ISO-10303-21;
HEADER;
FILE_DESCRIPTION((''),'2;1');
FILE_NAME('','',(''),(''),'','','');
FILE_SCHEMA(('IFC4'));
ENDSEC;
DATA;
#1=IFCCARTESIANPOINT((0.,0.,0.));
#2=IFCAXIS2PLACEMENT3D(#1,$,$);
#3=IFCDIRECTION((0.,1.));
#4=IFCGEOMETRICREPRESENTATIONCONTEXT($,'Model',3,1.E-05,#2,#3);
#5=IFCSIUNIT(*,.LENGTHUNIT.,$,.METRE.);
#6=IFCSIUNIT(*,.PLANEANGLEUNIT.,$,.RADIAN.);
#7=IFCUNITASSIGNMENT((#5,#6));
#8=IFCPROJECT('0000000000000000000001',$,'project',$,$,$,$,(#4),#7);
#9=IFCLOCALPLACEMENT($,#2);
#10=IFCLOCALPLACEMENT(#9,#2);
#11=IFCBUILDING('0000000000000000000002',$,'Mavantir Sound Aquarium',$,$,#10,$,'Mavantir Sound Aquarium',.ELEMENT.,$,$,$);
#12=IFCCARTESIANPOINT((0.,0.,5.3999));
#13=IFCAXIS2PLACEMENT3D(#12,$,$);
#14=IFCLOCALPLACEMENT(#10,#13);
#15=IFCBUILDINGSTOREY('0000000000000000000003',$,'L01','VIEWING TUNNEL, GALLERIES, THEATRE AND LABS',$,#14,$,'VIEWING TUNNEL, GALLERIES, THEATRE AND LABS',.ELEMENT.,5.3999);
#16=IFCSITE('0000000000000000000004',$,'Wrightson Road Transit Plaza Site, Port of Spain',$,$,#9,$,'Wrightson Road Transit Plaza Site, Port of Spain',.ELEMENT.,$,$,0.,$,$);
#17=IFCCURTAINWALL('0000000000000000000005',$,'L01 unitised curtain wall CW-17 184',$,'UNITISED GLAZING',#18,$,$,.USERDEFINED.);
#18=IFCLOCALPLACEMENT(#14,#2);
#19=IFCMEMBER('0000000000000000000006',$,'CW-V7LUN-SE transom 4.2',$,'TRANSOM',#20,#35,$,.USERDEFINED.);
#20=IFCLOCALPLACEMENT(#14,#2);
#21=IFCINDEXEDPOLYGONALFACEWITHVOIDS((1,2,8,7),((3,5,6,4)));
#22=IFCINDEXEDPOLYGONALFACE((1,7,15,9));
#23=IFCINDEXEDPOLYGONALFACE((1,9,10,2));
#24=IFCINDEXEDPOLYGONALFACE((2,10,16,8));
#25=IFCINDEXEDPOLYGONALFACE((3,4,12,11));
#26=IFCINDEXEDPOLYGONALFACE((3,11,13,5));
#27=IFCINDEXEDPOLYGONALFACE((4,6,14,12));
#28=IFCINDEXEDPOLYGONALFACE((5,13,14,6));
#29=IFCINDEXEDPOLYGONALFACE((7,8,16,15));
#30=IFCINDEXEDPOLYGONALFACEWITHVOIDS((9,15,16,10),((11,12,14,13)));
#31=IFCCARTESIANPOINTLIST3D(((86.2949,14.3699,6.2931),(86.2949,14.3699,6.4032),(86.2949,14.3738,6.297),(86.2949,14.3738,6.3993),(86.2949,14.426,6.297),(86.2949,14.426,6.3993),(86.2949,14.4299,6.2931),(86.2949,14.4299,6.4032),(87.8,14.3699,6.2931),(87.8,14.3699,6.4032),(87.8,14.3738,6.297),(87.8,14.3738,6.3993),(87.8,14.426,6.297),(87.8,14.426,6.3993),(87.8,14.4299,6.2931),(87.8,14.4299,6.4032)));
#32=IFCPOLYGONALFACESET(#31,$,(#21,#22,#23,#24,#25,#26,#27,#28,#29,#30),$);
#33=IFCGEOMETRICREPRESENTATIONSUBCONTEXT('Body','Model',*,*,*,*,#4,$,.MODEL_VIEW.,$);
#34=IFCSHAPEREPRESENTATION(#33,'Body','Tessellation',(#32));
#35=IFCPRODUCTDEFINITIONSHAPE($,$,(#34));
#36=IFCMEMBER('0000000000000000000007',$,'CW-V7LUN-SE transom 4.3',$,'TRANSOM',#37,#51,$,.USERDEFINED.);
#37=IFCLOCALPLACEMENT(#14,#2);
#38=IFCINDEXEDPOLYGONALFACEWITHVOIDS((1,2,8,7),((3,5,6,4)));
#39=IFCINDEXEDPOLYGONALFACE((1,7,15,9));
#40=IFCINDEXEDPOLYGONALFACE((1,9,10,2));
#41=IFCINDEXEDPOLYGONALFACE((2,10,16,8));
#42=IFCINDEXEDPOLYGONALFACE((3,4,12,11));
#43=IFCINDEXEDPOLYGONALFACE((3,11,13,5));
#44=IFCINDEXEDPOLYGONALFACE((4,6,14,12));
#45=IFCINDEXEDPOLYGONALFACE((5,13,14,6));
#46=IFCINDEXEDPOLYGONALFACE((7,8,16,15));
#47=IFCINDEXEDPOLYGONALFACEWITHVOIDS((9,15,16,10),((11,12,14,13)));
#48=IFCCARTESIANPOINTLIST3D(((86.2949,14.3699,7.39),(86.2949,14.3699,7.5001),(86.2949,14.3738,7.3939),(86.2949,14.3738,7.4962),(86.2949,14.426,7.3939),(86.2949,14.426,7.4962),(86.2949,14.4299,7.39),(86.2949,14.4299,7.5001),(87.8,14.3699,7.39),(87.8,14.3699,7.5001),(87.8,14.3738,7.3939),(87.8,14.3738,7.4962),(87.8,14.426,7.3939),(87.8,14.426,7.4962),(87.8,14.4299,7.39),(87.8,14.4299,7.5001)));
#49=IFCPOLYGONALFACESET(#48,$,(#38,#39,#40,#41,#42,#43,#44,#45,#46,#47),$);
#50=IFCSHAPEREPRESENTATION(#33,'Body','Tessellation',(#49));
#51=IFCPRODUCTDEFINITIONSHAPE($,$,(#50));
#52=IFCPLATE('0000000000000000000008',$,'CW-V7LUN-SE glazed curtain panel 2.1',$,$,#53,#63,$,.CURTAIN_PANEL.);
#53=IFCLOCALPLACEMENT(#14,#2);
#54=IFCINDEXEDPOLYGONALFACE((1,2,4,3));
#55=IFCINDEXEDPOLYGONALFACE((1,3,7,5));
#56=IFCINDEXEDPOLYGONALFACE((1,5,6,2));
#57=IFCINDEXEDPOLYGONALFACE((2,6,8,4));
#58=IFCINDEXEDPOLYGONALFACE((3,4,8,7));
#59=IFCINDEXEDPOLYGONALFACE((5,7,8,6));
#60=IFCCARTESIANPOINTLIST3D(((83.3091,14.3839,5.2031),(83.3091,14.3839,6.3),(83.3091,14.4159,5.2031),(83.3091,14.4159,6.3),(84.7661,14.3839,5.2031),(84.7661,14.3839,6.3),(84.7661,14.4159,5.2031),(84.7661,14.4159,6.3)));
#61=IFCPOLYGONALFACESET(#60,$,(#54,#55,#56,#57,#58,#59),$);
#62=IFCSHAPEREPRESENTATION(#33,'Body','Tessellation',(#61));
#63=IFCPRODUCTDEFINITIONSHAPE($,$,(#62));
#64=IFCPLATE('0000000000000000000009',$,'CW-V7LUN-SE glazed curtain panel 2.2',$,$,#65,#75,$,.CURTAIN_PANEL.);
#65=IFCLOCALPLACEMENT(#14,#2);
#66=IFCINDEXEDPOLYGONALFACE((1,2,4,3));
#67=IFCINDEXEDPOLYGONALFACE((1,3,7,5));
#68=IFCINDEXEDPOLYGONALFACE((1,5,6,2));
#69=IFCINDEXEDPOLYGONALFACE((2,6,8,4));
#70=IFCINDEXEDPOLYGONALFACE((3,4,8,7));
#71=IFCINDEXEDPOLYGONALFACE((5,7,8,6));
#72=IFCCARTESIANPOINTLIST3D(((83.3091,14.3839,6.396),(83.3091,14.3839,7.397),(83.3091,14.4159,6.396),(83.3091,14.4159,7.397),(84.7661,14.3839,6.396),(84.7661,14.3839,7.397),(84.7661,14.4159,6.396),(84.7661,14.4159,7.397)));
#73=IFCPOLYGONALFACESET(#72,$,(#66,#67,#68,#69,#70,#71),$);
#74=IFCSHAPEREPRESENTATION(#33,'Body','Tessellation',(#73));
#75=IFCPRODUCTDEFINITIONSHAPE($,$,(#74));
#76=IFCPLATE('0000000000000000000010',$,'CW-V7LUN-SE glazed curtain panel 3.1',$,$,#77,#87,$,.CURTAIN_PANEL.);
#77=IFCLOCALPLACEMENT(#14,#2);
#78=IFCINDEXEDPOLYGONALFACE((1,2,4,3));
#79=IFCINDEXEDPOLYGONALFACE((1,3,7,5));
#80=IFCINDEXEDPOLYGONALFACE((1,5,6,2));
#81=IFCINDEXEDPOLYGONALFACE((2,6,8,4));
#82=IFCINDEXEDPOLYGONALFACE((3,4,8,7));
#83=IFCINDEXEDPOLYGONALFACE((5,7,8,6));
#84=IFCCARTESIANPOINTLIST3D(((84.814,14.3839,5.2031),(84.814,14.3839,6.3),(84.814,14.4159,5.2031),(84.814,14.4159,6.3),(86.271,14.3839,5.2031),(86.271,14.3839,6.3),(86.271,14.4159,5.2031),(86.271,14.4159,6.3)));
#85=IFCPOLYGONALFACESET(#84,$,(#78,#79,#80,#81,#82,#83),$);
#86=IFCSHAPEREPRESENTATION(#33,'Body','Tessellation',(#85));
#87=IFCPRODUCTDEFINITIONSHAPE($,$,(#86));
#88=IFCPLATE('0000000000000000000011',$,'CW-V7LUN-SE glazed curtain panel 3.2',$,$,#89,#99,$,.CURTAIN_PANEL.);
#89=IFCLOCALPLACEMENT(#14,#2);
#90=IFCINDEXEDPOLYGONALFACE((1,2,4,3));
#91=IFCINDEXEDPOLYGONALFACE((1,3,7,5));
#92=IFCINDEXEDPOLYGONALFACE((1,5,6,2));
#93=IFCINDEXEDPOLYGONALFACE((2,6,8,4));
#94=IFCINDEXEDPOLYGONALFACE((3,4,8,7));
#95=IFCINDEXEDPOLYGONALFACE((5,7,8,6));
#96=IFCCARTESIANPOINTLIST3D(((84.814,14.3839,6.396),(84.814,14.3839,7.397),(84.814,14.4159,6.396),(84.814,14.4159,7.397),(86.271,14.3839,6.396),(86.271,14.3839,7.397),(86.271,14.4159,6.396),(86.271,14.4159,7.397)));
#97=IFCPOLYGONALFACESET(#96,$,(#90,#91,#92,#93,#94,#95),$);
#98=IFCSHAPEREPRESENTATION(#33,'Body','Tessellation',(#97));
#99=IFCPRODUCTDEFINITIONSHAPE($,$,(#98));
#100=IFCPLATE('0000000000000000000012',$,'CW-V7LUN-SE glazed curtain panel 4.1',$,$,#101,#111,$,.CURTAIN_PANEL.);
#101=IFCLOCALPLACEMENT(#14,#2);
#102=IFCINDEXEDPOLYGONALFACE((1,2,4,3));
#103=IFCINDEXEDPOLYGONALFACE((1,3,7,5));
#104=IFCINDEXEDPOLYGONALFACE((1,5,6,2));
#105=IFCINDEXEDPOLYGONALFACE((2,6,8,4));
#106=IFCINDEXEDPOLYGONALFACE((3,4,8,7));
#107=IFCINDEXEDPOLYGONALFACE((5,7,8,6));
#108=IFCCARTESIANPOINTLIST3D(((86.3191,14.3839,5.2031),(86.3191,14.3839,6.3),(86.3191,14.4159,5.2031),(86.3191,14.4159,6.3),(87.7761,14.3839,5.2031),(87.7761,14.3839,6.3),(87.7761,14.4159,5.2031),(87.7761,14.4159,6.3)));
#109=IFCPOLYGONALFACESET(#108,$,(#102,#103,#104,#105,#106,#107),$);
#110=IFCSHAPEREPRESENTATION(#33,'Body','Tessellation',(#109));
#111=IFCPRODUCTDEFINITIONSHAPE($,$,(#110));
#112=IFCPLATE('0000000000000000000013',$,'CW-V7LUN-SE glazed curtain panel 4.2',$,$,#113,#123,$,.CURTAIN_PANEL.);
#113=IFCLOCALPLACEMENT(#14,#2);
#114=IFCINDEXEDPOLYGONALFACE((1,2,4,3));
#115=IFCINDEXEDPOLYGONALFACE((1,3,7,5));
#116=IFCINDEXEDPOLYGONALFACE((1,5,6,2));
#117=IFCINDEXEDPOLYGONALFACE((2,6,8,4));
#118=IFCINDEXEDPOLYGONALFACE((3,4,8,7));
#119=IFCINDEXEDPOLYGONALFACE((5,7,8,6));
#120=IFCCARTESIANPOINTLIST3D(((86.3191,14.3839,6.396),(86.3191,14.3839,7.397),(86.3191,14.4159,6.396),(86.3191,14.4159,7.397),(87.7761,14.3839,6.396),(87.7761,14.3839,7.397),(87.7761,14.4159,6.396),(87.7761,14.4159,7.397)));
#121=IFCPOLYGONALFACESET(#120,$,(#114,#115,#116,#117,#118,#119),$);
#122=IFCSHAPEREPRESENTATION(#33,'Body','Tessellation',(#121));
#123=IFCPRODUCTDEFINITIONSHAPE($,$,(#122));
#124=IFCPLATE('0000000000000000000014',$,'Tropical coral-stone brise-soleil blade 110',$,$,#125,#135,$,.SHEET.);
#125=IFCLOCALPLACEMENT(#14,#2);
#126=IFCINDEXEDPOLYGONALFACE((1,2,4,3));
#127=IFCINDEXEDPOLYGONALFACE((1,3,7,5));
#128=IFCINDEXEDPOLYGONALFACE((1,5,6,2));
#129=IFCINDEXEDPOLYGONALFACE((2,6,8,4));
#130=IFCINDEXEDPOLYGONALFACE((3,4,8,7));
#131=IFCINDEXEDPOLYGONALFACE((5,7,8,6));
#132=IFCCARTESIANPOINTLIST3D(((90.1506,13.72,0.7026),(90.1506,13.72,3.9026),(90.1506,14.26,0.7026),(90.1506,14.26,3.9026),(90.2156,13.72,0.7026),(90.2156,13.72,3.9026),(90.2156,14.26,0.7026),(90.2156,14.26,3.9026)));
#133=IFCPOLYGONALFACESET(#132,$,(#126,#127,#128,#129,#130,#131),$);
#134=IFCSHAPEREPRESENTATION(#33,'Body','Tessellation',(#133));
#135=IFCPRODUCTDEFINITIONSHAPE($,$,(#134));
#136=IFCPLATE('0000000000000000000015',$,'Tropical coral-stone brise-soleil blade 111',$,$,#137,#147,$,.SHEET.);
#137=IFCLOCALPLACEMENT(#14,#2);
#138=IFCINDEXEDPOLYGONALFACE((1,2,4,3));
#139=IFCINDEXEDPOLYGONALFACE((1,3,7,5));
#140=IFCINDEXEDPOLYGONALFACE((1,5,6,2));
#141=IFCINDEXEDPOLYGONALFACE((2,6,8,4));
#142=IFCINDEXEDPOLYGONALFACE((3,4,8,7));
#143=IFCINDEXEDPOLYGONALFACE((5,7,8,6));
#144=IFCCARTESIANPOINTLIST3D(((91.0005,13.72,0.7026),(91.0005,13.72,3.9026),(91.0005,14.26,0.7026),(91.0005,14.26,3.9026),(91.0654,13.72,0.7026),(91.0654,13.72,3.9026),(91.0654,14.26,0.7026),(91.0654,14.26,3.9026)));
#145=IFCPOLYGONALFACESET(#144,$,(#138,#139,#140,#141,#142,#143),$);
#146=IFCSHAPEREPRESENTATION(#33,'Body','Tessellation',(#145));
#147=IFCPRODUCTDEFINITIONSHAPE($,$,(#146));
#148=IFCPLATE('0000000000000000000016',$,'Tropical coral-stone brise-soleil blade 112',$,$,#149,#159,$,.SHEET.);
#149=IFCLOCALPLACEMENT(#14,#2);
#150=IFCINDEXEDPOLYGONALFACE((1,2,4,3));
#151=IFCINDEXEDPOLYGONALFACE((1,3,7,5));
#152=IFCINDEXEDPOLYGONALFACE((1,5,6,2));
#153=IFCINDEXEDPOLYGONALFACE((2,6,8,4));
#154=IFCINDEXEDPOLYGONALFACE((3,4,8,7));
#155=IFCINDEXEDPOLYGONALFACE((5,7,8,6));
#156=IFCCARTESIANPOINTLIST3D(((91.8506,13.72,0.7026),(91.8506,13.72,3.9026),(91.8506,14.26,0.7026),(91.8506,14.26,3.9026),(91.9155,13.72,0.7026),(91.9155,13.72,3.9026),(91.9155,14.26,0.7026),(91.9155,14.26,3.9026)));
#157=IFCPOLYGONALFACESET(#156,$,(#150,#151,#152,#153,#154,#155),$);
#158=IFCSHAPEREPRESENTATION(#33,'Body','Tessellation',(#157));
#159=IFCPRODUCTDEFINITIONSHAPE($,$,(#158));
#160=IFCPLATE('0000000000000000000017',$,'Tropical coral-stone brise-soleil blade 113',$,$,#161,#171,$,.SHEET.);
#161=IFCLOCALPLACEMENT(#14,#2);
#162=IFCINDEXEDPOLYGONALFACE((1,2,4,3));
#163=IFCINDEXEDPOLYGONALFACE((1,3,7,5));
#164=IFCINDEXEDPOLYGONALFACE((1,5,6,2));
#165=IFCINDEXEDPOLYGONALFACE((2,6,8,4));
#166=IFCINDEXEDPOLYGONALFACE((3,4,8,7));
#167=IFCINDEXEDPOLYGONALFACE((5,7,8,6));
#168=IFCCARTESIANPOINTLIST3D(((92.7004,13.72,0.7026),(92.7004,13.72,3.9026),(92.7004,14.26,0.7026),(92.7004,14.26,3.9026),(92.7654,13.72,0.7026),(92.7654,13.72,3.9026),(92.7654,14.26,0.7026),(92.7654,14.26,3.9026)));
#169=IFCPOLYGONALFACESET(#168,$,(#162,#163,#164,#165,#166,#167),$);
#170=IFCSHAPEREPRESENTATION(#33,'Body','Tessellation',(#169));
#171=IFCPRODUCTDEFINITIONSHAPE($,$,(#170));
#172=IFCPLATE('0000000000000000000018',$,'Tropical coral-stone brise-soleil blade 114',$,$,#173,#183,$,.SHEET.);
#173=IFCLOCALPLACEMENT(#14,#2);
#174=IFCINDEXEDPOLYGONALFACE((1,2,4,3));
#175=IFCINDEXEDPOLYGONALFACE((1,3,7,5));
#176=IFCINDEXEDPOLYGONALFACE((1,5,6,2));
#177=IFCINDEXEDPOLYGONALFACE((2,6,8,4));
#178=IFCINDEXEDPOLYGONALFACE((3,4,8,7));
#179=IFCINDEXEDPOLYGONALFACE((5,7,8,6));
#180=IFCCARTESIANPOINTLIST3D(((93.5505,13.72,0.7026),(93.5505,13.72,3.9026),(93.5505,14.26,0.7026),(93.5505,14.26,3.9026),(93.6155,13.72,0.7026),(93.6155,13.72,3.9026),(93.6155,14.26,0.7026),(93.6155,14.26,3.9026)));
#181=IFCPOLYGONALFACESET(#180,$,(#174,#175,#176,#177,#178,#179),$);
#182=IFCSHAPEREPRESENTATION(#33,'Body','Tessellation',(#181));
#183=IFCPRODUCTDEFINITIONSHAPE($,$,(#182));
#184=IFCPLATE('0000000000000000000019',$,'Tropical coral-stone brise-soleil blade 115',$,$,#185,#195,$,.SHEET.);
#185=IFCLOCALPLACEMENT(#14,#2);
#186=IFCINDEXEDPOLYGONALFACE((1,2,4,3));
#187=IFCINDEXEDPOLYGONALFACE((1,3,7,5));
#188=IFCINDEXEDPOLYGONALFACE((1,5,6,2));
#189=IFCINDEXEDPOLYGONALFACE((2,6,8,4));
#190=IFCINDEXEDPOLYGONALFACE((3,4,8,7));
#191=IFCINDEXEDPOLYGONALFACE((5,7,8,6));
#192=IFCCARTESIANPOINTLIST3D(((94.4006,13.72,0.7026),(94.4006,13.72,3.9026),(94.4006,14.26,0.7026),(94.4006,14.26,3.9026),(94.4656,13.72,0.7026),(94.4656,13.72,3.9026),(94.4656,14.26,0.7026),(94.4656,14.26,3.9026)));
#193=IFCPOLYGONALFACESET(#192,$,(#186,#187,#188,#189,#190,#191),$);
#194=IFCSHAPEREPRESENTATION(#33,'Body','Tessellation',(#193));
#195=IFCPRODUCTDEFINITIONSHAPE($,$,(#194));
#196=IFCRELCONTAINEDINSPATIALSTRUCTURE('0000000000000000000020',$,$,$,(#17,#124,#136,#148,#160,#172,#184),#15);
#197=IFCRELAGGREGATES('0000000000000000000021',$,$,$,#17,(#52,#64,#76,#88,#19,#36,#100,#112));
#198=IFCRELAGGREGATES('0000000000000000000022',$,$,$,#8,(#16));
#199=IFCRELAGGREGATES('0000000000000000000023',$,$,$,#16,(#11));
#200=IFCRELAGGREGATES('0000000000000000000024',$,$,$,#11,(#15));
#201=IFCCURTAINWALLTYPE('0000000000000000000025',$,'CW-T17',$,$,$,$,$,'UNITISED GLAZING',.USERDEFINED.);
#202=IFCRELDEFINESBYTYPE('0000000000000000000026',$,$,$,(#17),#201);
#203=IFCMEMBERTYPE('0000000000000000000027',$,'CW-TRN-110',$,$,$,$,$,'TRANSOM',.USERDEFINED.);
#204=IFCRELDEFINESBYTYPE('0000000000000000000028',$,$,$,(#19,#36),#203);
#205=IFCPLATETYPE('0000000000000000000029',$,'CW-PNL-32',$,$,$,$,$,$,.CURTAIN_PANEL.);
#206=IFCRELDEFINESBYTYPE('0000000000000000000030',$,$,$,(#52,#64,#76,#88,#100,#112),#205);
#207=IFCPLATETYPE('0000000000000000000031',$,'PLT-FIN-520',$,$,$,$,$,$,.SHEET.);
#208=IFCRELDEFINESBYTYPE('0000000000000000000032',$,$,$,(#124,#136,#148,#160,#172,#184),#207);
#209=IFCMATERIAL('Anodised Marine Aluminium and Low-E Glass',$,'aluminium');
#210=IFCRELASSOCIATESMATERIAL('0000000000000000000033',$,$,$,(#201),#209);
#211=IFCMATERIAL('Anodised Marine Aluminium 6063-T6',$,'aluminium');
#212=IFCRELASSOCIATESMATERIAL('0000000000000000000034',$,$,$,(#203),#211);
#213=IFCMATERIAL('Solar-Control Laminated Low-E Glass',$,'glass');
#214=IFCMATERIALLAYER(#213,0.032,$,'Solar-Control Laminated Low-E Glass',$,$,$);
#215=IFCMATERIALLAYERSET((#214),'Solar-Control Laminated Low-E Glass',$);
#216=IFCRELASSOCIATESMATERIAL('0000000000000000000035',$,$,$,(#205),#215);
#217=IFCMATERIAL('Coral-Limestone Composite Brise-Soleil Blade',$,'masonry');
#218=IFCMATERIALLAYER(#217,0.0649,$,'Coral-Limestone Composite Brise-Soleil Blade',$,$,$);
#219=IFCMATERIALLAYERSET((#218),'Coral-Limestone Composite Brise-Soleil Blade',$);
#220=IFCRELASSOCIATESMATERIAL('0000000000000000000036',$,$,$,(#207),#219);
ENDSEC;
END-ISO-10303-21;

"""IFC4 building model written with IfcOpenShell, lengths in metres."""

from ifc_helpers import new_model, si_unit, direction, frame, origin, origin_2d, place, context, subcontext, project, spatial, rectangle, hollow_rectangle, extrude, material, layer, layer_set, material_profile, profile_set, type_object, element, aggregate, save


model = new_model("IFC4")

# Units and contexts
model_context = context("Model", 3, precision=1e-05, world=origin(), true_north=direction((0.0, 1.0)))
body_context = subcontext(model_context, "Body", "Model", "MODEL_VIEW")
ifc_project = project(units=[si_unit("LENGTHUNIT", "METRE"), si_unit("PLANEANGLEUNIT", "RADIAN")], contexts=[model_context])

# Site, building, storey
site_placement = place(None, origin())
site = spatial("IfcSite", under=ifc_project, at=site_placement, Name="Wrightson Road Transit Plaza Site, Port of Spain", LongName="Wrightson Road Transit Plaza Site, Port of Spain", CompositionType="ELEMENT", RefElevation=0.0)
building_placement = place(site_placement, origin())
building = spatial("IfcBuilding", under=site, at=building_placement, Name="Mavantir Sound Aquarium", LongName="Mavantir Sound Aquarium", CompositionType="ELEMENT")
storey_placement = place(building_placement, frame((0.0, 0.0, 5.3999)))
storey = spatial("IfcBuildingStorey", under=building, at=storey_placement, Name="L01", Description="VIEWING TUNNEL, GALLERIES, THEATRE AND LABS", LongName="VIEWING TUNNEL, GALLERIES, THEATRE AND LABS", CompositionType="ELEMENT", Elevation=5.3999)

# Curtain wall, members, plates
ifc_material_1 = material(Name="Anodised Marine Aluminium and Low-E Glass", Category="aluminium")
curtain_wall_type = type_object("IfcCurtainWallType", Name="CW-T17", ElementType="UNITISED GLAZING", PredefinedType="USERDEFINED", material=ifc_material_1)
curtain_wall_placement = place(storey_placement, origin())
curtain_wall = element("IfcCurtainWall", 1, at=curtain_wall_placement, inside=storey, type_object=curtain_wall_type, Name="L01 unitised curtain wall CW-17 184", ObjectType="UNITISED GLAZING", PredefinedType="USERDEFINED")
ifc_material_2 = material(Name="Anodised Marine Aluminium 6063-T6", Category="aluminium")
ifc_material_profile_1 = material_profile(ifc_material_2, hollow_rectangle(XDim=0.0601, YDim=0.1101, WallThickness=0.0039, at=origin_2d()), Name="ALU-TRANSOM-110X60")
ifc_profile_set_1 = profile_set([ifc_material_profile_1], Name="Anodised Marine Aluminium 6063-T6")
member_type_1 = type_object("IfcMemberType", Name="CW-TRN-110", ElementType="TRANSOM", PredefinedType="USERDEFINED", material=ifc_profile_set_1)
member_1_placement = place(storey_placement, frame((86.2949, 14.3999, 6.3481), z_axis=(1.0, 0.0, 0.0), x_axis=(0.0, 1.0, 0.0)))
member_1 = element("IfcMember", 2, at=member_1_placement, type_object=member_type_1, Name="CW-V7LUN-SE transom 4.2", ObjectType="TRANSOM", PredefinedType="USERDEFINED", context=body_context, shape_type="SweptSolid", body=[
    extrude(hollow_rectangle(XDim=0.0601, YDim=0.1101, WallThickness=0.0039, at=origin_2d()), origin(), (0.0, 0.0, 1.0), 1.5051),
])
member_2_placement = place(storey_placement, frame((86.2949, 14.3999, 7.4451), z_axis=(1.0, 0.0, 0.0), x_axis=(0.0, 1.0, 0.0)))
member_2 = element("IfcMember", 3, at=member_2_placement, type_object=member_type_1, Name="CW-V7LUN-SE transom 4.3", ObjectType="TRANSOM", PredefinedType="USERDEFINED", context=body_context, shape_type="SweptSolid", body=[
    extrude(hollow_rectangle(XDim=0.0601, YDim=0.1101, WallThickness=0.0039, at=origin_2d()), origin(), (0.0, 0.0, 1.0), 1.5051),
])
ifc_material_3 = material(Name="Solar-Control Laminated Low-E Glass", Category="glass")
ifc_layer_1 = layer(ifc_material_3, 0.032, Name="Solar-Control Laminated Low-E Glass")
ifc_layer_set_1 = layer_set([ifc_layer_1], Name="Solar-Control Laminated Low-E Glass")
plate_type_1 = type_object("IfcPlateType", Name="CW-PNL-32", PredefinedType="CURTAIN_PANEL", material=ifc_layer_set_1)
plate_1_placement = place(storey_placement, frame((84.0376, 14.3999, 5.2031), z_axis=(0.0, 0.0, 1.0), x_axis=(1.0, 0.0, 0.0)))
plate_1 = element("IfcPlate", 4, at=plate_1_placement, type_object=plate_type_1, Name="CW-V7LUN-SE glazed curtain panel 2.1", PredefinedType="CURTAIN_PANEL", context=body_context, shape_type="SweptSolid", body=[
    extrude(rectangle(XDim=1.457, YDim=0.032, at=origin_2d()), origin(), (0.0, 0.0, 1.0), 1.0969),
])
plate_2_placement = place(storey_placement, frame((84.0376, 14.3999, 6.396), z_axis=(0.0, 0.0, 1.0), x_axis=(1.0, 0.0, 0.0)))
plate_2 = element("IfcPlate", 5, at=plate_2_placement, type_object=plate_type_1, Name="CW-V7LUN-SE glazed curtain panel 2.2", PredefinedType="CURTAIN_PANEL", context=body_context, shape_type="SweptSolid", body=[
    extrude(rectangle(XDim=1.457, YDim=0.032, at=origin_2d()), origin(), (0.0, 0.0, 1.0), 1.001),
])
plate_3_placement = place(storey_placement, frame((85.5425, 14.3999, 5.2031), z_axis=(0.0, 0.0, 1.0), x_axis=(1.0, 0.0, 0.0)))
plate_3 = element("IfcPlate", 6, at=plate_3_placement, type_object=plate_type_1, Name="CW-V7LUN-SE glazed curtain panel 3.1", PredefinedType="CURTAIN_PANEL", context=body_context, shape_type="SweptSolid", body=[
    extrude(rectangle(XDim=1.457, YDim=0.032, at=origin_2d()), origin(), (0.0, 0.0, 1.0), 1.0969),
])
plate_4_placement = place(storey_placement, frame((85.5425, 14.3999, 6.396), z_axis=(0.0, 0.0, 1.0), x_axis=(1.0, 0.0, 0.0)))
plate_4 = element("IfcPlate", 7, at=plate_4_placement, type_object=plate_type_1, Name="CW-V7LUN-SE glazed curtain panel 3.2", PredefinedType="CURTAIN_PANEL", context=body_context, shape_type="SweptSolid", body=[
    extrude(rectangle(XDim=1.457, YDim=0.032, at=origin_2d()), origin(), (0.0, 0.0, 1.0), 1.001),
])
plate_5_placement = place(storey_placement, frame((87.0476, 14.3999, 5.2031), z_axis=(0.0, 0.0, 1.0), x_axis=(1.0, 0.0, 0.0)))
plate_5 = element("IfcPlate", 8, at=plate_5_placement, type_object=plate_type_1, Name="CW-V7LUN-SE glazed curtain panel 4.1", PredefinedType="CURTAIN_PANEL", context=body_context, shape_type="SweptSolid", body=[
    extrude(rectangle(XDim=1.457, YDim=0.032, at=origin_2d()), origin(), (0.0, 0.0, 1.0), 1.0969),
])
plate_6_placement = place(storey_placement, frame((87.0476, 14.3999, 6.396), z_axis=(0.0, 0.0, 1.0), x_axis=(1.0, 0.0, 0.0)))
plate_6 = element("IfcPlate", 9, at=plate_6_placement, type_object=plate_type_1, Name="CW-V7LUN-SE glazed curtain panel 4.2", PredefinedType="CURTAIN_PANEL", context=body_context, shape_type="SweptSolid", body=[
    extrude(rectangle(XDim=1.457, YDim=0.032, at=origin_2d()), origin(), (0.0, 0.0, 1.0), 1.001),
])
aggregate(curtain_wall, [plate_1, plate_2, plate_3, plate_4, member_1, member_2, plate_5, plate_6])

# Plates
ifc_material_4 = material(Name="Coral-Limestone Composite Brise-Soleil Blade", Category="masonry")
ifc_layer_2 = layer(ifc_material_4, 0.0649, Name="Coral-Limestone Composite Brise-Soleil Blade")
ifc_layer_set_2 = layer_set([ifc_layer_2], Name="Coral-Limestone Composite Brise-Soleil Blade")
plate_type_2 = type_object("IfcPlateType", Name="PLT-FIN-520", PredefinedType="SHEET", material=ifc_layer_set_2)
for number, where, z_axis, x_axis, name in (
    (10, (90.1831, 13.99, 0.7026), (0.0, 0.0, 1.0), (-1.0, 0.0, 0.0), "Tropical coral-stone brise-soleil blade 110"),
    (11, (91.033, 13.99, 0.7026), (0.0, 0.0, 1.0), (-1.0, 0.0, 0.0), "Tropical coral-stone brise-soleil blade 111"),
    (12, (91.8831, 13.99, 0.7026), (0.0, 0.0, 1.0), (-1.0, 0.0, 0.0), "Tropical coral-stone brise-soleil blade 112"),
    (13, (92.7329, 13.99, 0.7026), (0.0, 0.0, 1.0), (-1.0, 0.0, 0.0), "Tropical coral-stone brise-soleil blade 113"),
    (14, (93.583, 13.99, 0.7026), (0.0, 0.0, 1.0), (-1.0, 0.0, 0.0), "Tropical coral-stone brise-soleil blade 114"),
    (15, (94.4331, 13.99, 0.7026), (0.0, 0.0, 1.0), (-1.0, 0.0, 0.0), "Tropical coral-stone brise-soleil blade 115"),
):
    element("IfcPlate", number, at=place(storey_placement, frame(where, z_axis=z_axis, x_axis=x_axis)), inside=storey, type_object=plate_type_2, Name=name, PredefinedType="SHEET", context=body_context, shape_type="SweptSolid", body=[
        extrude(rectangle(XDim=0.0649, YDim=0.54, at=origin_2d()), origin(), (0.0, 0.0, 1.0), 3.2),
    ])

save(model, "model.ifc")
